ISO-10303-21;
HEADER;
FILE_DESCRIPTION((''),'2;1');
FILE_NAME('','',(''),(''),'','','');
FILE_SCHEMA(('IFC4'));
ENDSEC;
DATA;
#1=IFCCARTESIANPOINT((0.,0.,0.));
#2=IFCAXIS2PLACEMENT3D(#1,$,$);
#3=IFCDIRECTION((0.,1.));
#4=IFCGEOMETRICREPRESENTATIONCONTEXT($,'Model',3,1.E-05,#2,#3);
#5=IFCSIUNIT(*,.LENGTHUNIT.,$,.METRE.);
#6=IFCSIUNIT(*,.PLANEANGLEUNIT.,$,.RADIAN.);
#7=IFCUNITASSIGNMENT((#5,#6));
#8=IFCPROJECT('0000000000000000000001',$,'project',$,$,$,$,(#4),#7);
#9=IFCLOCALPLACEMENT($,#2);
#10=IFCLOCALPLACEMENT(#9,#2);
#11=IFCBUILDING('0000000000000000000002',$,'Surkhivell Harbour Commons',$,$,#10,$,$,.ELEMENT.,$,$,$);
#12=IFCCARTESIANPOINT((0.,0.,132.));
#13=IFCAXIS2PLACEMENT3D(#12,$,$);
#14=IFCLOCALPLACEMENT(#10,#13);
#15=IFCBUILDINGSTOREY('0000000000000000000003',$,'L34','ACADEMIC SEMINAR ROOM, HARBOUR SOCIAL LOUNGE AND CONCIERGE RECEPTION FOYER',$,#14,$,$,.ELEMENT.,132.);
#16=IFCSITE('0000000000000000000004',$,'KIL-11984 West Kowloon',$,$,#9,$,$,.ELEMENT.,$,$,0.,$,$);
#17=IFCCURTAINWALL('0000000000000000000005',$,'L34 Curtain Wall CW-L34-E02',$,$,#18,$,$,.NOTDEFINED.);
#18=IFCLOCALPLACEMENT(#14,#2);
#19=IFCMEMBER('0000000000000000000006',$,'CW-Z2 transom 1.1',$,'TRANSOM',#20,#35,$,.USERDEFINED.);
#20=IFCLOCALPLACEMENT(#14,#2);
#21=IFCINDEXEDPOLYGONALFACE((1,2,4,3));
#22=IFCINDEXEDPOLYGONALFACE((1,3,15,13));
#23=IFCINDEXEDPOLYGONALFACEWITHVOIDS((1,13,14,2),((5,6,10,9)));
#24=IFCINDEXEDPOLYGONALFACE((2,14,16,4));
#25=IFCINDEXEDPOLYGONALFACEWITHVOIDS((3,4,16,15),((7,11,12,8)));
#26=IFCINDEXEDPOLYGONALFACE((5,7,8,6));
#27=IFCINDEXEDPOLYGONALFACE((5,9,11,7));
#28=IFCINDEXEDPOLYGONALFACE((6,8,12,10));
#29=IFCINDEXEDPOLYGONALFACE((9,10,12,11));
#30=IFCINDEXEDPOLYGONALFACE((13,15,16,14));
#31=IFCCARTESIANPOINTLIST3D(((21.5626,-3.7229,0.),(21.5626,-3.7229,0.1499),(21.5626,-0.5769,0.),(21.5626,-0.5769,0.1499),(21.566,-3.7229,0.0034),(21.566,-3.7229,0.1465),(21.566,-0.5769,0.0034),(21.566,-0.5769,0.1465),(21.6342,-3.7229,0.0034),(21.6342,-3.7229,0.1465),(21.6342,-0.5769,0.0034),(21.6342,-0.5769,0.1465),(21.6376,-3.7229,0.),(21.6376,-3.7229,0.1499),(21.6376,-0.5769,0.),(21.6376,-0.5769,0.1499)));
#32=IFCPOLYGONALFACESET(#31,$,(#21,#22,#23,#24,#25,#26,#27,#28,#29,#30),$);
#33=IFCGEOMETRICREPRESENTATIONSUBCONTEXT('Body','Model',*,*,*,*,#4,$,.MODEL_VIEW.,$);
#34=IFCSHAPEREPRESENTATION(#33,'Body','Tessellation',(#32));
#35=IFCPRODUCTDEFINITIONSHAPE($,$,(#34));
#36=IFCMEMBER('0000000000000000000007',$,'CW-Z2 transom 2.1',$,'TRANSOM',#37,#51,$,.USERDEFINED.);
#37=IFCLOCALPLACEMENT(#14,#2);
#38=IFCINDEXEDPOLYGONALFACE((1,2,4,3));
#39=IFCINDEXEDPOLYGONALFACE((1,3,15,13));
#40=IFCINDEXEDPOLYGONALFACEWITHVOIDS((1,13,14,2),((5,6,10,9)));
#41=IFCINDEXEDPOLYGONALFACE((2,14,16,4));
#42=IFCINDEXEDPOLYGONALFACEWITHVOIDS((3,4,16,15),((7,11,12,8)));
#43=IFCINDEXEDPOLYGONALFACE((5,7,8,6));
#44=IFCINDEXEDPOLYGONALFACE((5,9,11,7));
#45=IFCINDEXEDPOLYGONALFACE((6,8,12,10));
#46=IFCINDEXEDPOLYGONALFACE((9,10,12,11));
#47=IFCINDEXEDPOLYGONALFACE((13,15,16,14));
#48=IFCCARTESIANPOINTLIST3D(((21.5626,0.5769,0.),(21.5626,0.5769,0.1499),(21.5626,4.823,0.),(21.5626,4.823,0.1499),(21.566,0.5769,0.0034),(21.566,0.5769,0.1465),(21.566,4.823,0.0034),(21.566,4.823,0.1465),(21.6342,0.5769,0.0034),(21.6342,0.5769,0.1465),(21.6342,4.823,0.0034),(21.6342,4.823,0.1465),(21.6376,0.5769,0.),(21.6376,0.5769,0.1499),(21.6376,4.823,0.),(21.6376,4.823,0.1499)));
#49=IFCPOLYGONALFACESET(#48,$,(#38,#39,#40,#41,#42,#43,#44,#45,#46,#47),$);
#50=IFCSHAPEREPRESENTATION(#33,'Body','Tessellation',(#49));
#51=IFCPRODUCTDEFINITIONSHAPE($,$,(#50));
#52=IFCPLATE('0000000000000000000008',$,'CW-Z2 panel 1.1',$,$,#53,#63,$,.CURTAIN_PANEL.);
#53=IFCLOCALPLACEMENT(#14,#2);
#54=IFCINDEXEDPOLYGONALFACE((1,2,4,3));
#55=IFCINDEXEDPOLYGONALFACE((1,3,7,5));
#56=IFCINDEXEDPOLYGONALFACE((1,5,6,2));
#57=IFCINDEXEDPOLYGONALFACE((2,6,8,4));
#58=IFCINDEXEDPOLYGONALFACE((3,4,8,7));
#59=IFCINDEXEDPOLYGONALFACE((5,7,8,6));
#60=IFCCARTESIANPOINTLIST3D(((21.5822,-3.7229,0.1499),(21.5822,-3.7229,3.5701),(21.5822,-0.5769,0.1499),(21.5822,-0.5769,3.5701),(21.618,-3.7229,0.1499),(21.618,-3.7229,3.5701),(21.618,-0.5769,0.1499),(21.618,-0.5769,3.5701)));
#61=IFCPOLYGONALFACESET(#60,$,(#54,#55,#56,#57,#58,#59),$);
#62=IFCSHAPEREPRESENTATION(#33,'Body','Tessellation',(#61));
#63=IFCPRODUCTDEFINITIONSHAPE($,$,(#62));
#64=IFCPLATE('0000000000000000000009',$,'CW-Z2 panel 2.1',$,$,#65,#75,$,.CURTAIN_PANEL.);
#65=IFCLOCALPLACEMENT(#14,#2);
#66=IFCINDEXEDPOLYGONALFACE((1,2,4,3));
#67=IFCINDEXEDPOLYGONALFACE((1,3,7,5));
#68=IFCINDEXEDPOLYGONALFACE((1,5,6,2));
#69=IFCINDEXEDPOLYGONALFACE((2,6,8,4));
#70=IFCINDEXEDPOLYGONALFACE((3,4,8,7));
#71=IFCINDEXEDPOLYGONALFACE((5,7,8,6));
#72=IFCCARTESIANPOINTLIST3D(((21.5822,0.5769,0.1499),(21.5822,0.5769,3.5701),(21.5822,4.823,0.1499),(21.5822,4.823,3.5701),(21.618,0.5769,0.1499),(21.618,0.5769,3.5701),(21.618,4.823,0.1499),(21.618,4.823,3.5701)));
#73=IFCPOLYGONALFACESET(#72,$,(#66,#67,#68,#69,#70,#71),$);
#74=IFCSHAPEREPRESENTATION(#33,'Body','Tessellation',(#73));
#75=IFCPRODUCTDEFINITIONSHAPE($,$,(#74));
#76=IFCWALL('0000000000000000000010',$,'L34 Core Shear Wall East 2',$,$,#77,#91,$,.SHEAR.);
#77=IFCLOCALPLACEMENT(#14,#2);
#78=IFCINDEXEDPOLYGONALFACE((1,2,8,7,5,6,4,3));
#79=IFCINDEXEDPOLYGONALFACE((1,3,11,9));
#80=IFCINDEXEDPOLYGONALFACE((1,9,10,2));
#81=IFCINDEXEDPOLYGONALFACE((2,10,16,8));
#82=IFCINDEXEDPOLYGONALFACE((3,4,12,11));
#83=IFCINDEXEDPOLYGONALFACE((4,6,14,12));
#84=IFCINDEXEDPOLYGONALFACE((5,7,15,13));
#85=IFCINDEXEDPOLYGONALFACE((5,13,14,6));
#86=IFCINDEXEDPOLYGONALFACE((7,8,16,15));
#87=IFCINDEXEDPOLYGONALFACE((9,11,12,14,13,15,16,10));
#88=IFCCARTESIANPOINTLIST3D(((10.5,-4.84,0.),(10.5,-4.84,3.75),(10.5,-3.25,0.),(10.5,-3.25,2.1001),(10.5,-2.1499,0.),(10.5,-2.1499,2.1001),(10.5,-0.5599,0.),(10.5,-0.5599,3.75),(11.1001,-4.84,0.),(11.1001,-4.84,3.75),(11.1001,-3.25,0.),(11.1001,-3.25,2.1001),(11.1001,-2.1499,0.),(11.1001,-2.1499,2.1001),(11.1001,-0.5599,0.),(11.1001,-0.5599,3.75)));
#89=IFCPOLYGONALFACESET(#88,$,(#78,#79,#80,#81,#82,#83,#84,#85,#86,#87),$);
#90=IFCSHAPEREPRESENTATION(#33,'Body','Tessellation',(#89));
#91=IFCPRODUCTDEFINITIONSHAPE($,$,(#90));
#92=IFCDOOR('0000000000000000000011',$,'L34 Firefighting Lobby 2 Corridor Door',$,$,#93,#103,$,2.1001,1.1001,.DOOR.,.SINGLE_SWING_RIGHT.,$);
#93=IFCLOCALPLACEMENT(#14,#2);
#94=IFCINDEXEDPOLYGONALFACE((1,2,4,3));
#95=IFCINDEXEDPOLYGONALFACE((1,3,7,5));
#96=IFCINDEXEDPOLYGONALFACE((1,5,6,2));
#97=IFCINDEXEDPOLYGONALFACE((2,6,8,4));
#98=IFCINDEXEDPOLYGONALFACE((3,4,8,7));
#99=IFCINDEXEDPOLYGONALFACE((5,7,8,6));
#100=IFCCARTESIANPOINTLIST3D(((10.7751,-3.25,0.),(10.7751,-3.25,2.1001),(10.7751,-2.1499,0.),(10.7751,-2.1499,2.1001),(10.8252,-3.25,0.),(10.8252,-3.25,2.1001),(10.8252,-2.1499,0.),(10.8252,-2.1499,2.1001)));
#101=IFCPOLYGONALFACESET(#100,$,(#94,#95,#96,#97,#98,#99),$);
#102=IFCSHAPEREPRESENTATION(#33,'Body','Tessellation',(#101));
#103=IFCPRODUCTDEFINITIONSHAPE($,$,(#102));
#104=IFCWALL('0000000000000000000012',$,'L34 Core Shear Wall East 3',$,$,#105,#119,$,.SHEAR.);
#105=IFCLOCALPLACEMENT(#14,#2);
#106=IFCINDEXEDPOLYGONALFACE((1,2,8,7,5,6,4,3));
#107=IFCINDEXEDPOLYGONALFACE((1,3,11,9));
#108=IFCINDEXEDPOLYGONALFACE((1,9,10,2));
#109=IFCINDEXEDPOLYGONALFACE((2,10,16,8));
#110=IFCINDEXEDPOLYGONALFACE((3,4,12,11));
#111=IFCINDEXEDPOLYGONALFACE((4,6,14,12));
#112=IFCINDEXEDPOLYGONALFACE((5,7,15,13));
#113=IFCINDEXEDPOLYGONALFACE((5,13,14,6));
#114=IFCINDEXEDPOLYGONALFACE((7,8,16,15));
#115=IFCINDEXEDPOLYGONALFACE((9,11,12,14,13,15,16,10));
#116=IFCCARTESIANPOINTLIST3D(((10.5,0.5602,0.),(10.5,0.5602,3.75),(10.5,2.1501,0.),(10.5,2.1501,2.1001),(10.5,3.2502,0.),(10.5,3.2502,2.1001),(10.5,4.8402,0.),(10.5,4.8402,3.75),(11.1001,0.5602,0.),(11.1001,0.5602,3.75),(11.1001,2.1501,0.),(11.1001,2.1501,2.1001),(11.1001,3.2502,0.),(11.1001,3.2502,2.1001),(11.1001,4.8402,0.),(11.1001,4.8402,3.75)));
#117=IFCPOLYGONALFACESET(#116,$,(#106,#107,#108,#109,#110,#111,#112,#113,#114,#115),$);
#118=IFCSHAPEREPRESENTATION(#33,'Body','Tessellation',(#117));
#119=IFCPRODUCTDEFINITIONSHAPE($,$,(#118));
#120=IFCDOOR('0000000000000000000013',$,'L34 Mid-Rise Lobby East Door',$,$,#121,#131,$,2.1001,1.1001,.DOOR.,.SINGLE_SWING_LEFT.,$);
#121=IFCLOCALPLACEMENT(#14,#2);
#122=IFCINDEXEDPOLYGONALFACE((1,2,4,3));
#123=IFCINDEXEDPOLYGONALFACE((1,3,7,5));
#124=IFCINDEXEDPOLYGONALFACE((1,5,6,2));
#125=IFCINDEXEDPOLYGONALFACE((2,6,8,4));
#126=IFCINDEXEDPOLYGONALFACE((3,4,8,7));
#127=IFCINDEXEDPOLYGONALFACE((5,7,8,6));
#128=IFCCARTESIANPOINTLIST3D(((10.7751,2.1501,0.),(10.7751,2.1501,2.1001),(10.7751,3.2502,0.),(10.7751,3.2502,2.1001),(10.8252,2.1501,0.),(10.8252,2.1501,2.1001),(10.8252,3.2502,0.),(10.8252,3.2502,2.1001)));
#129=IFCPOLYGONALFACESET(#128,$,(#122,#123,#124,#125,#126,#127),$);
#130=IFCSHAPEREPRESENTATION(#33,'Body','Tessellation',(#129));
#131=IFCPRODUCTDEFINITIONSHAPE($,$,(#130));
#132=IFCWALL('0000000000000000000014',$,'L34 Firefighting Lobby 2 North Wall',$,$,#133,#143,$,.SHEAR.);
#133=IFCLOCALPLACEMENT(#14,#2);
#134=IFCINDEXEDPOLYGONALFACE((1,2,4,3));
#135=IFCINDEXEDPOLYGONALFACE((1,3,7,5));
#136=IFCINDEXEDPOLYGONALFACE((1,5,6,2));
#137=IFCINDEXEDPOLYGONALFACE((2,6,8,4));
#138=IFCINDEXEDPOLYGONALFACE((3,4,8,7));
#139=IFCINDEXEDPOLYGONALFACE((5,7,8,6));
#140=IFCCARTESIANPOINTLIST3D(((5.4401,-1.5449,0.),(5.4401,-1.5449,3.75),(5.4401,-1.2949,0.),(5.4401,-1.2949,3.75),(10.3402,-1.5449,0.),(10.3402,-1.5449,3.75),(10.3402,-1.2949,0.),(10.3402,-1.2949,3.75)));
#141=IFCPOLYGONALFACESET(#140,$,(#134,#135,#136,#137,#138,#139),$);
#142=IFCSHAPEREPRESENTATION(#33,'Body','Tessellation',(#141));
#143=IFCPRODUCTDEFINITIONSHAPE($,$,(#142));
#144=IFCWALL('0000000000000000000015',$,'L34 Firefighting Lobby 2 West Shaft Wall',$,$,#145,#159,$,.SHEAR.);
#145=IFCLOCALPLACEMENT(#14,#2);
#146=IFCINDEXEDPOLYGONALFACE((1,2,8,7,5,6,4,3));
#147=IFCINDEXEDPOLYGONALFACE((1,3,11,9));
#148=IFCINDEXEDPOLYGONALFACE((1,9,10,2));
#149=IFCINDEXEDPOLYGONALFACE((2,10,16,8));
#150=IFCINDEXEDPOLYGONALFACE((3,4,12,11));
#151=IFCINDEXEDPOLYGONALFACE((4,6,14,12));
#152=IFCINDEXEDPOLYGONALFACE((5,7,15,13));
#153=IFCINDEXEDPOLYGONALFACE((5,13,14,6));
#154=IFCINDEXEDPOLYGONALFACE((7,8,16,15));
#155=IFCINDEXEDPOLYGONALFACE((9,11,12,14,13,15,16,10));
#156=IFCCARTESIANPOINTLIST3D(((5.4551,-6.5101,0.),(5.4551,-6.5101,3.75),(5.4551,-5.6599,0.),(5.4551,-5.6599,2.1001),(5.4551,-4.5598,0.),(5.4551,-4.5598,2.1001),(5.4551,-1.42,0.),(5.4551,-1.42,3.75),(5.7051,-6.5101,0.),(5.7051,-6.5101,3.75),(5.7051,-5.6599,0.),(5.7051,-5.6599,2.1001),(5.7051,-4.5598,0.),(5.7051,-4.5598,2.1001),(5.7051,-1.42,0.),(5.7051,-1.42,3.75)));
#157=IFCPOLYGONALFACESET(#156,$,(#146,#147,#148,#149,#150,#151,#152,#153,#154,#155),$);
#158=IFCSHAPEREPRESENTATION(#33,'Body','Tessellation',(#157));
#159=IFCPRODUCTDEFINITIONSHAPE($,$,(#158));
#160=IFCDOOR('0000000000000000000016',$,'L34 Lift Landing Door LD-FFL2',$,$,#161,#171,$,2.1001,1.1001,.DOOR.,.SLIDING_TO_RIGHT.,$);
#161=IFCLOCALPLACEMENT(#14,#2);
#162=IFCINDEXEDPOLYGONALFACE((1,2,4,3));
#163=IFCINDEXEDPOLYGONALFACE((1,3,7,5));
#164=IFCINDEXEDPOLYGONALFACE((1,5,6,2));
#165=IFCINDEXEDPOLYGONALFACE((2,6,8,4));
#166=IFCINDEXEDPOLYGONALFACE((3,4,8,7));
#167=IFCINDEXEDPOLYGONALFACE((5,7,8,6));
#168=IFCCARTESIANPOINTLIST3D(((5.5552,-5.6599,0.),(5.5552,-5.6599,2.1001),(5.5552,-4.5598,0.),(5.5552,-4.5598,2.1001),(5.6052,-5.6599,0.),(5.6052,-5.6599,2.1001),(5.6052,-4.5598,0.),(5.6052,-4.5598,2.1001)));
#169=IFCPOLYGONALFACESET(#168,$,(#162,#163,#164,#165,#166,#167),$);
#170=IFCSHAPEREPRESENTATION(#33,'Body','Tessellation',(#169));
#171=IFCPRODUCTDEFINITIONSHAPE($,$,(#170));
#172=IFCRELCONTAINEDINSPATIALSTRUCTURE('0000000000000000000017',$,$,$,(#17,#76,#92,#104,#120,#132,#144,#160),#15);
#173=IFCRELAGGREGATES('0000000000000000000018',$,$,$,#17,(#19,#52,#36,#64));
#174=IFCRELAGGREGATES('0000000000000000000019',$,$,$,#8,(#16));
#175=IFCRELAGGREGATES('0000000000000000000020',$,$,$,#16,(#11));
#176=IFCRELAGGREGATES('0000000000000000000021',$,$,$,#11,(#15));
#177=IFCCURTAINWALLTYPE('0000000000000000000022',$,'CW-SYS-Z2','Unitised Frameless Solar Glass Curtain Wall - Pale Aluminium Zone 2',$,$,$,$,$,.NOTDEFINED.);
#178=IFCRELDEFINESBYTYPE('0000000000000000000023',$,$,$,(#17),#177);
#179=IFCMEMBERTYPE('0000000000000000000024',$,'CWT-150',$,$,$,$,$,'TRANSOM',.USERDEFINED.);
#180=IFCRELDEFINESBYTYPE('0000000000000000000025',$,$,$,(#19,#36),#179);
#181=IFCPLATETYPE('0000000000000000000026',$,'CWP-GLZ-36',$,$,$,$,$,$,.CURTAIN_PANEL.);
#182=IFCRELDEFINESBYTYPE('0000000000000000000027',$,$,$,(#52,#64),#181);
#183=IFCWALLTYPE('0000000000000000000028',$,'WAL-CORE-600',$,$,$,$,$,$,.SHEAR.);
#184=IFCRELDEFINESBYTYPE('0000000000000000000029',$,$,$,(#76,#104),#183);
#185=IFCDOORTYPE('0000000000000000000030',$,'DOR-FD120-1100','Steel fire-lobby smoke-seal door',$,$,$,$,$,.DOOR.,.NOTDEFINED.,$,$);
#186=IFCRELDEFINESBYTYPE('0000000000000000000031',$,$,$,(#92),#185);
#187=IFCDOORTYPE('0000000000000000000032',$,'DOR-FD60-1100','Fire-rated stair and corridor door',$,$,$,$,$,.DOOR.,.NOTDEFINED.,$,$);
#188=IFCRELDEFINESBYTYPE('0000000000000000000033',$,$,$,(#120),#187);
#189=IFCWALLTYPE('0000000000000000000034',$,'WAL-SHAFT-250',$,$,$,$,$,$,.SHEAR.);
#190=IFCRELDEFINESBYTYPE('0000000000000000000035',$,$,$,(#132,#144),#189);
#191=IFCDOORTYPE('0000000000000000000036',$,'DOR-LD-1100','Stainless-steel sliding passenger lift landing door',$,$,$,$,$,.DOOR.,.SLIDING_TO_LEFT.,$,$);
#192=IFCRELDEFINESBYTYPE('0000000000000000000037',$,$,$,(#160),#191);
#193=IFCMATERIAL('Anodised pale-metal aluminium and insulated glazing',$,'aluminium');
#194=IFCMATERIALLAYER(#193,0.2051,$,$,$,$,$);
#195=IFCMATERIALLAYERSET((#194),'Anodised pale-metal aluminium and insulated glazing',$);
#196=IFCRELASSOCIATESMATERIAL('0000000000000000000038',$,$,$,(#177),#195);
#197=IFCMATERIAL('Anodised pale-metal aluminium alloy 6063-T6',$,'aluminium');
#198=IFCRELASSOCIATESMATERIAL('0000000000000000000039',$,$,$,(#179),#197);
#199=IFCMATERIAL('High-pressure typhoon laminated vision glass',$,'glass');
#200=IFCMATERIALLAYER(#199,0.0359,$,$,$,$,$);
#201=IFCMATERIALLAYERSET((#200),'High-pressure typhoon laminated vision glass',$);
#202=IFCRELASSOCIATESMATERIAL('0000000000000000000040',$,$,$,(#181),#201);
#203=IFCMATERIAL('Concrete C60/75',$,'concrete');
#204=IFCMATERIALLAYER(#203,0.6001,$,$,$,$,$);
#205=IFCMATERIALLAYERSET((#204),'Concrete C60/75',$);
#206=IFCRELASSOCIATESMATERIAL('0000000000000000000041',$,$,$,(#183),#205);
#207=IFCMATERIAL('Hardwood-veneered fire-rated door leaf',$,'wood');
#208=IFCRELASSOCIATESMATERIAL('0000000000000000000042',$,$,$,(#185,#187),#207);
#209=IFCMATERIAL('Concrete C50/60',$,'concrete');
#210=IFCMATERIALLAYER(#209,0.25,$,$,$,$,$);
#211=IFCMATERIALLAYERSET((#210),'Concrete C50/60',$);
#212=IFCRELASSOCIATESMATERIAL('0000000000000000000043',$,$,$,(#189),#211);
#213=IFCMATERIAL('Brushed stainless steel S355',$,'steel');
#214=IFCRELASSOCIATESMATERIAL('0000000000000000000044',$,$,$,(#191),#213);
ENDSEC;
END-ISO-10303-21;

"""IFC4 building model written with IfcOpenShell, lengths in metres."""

from ifc_helpers import new_model, si_unit, direction, frame, frame_2d, origin, origin_2d, place, context, subcontext, project, spatial, rectangle, hollow_rectangle, extrude, material, layer, layer_set, material_profile, profile_set, type_object, element, fill, aggregate, save


model = new_model("IFC4")

# Units and contexts
model_context = context("Model", 3, precision=1e-05, world=origin(), true_north=direction((0.0, 1.0)))
body_context = subcontext(model_context, "Body", "Model", "MODEL_VIEW")
ifc_project = project(units=[si_unit("LENGTHUNIT", "METRE"), si_unit("PLANEANGLEUNIT", "RADIAN")], contexts=[model_context])

# Site, building, storey
site_placement = place(None, origin())
site = spatial("IfcSite", under=ifc_project, at=site_placement, Name="KIL-11984 West Kowloon", CompositionType="ELEMENT", RefElevation=0.0)
building_placement = place(site_placement, origin())
building = spatial("IfcBuilding", under=site, at=building_placement, Name="Surkhivell Harbour Commons", CompositionType="ELEMENT")
storey_placement = place(building_placement, frame((0.0, 0.0, 132.0)))
storey = spatial("IfcBuildingStorey", under=building, at=storey_placement, Name="L34", Description="ACADEMIC SEMINAR ROOM, HARBOUR SOCIAL LOUNGE AND CONCIERGE RECEPTION FOYER", CompositionType="ELEMENT", Elevation=132.0)

# Shared definitions
ifc_material_1 = material(Name="Concrete C60/75", Category="concrete")

# Shared definitions
ifc_material_2 = material(Name="Anodised pale-metal aluminium and insulated glazing", Category="aluminium")
ifc_layer_1 = layer(ifc_material_2, 0.2051)
ifc_layer_set_1 = layer_set([ifc_layer_1], Name="Anodised pale-metal aluminium and insulated glazing")
curtain_wall_type = type_object("IfcCurtainWallType", Name="CW-SYS-Z2", Description="Unitised Frameless Solar Glass Curtain Wall - Pale Aluminium Zone 2", PredefinedType="NOTDEFINED", material=ifc_layer_set_1)
ifc_material_3 = material(Name="Anodised pale-metal aluminium alloy 6063-T6", Category="aluminium")

# Curtain wall, members, plates
curtain_wall_1_placement = place(storey_placement, origin())
curtain_wall_1 = element("IfcCurtainWall", 1, at=curtain_wall_1_placement, inside=storey, type_object=curtain_wall_type, Name="L34 Curtain Wall CW-L34-E02", PredefinedType="NOTDEFINED")
ifc_material_profile_1 = material_profile(ifc_material_3, hollow_rectangle(XDim=0.075, YDim=0.1499, WallThickness=0.0034, at=origin_2d()), Name="ALU-TRAN-75x150")
ifc_profile_set_1 = profile_set([ifc_material_profile_1], Name="Anodised pale-metal aluminium alloy 6063-T6")
member_type_1 = type_object("IfcMemberType", Name="CWT-150", ElementType="TRANSOM", PredefinedType="USERDEFINED", material=ifc_profile_set_1)
member_1_placement = place(storey_placement, frame((21.6001, -3.7229, 0.075), z_axis=(0.0, 1.0, 0.0), x_axis=(-1.0, 0.0, 0.0)))
member_1 = element("IfcMember", 2, at=member_1_placement, type_object=member_type_1, Name="CW-Z2 transom 1.1", ObjectType="TRANSOM", PredefinedType="USERDEFINED", context=body_context, shape_type="SweptSolid", body=[
    extrude(hollow_rectangle(XDim=0.075, YDim=0.1499, WallThickness=0.0034, at=origin_2d()), origin(), (0.0, 0.0, 1.0), 3.146),
])
member_2_placement = place(storey_placement, frame((21.6001, 0.5769, 0.075), z_axis=(0.0, 1.0, 0.0), x_axis=(-1.0, 0.0, 0.0)))
member_2 = element("IfcMember", 3, at=member_2_placement, type_object=member_type_1, Name="CW-Z2 transom 2.1", ObjectType="TRANSOM", PredefinedType="USERDEFINED", context=body_context, shape_type="SweptSolid", body=[
    extrude(hollow_rectangle(XDim=0.075, YDim=0.1499, WallThickness=0.0034, at=origin_2d()), origin(), (0.0, 0.0, 1.0), 4.2461),
])
ifc_material_4 = material(Name="High-pressure typhoon laminated vision glass", Category="glass")
ifc_layer_2 = layer(ifc_material_4, 0.0359)
ifc_layer_set_2 = layer_set([ifc_layer_2], Name="High-pressure typhoon laminated vision glass")
plate_type = type_object("IfcPlateType", Name="CWP-GLZ-36", PredefinedType="CURTAIN_PANEL", material=ifc_layer_set_2)
plate_1_placement = place(storey_placement, frame((21.6001, -3.7229, 0.1499), z_axis=(0.0, 0.0, 1.0), x_axis=(0.0, 1.0, 0.0)))
plate_1 = element("IfcPlate", 4, at=plate_1_placement, type_object=plate_type, Name="CW-Z2 panel 1.1", PredefinedType="CURTAIN_PANEL", context=body_context, shape_type="SweptSolid", body=[
    extrude(rectangle(XDim=3.146, YDim=0.0359, at=frame_2d((1.573, 0.0))), origin(), (0.0, 0.0, 1.0), 3.4202),
])
plate_2_placement = place(storey_placement, frame((21.6001, 0.5769, 0.1499), z_axis=(0.0, 0.0, 1.0), x_axis=(0.0, 1.0, 0.0)))
plate_2 = element("IfcPlate", 5, at=plate_2_placement, type_object=plate_type, Name="CW-Z2 panel 2.1", PredefinedType="CURTAIN_PANEL", context=body_context, shape_type="SweptSolid", body=[
    extrude(rectangle(XDim=4.2461, YDim=0.0359, at=frame_2d((2.123, 0.0))), origin(), (0.0, 0.0, 1.0), 3.4202),
])
aggregate(curtain_wall_1, [member_1, plate_1, member_2, plate_2])

# Walls, openings, doors
ifc_layer_3 = layer(ifc_material_1, 0.6001)
ifc_layer_set_3 = layer_set([ifc_layer_3], Name="Concrete C60/75")
wall_type_1 = type_object("IfcWallType", Name="WAL-CORE-600", PredefinedType="SHEAR", material=ifc_layer_set_3)
wall_1_placement = place(storey_placement, frame((10.8, -4.8401, 0.0), z_axis=(0.0, 0.0, 1.0), x_axis=(0.0, 1.0, 0.0)))
wall_1 = element("IfcWall", 6, at=wall_1_placement, inside=storey, type_object=wall_type_1, Name="L34 Core Shear Wall East 2", PredefinedType="SHEAR", context=body_context, shape_type="SweptSolid", body=[
    extrude(rectangle(XDim=4.28, YDim=0.6001, at=frame_2d((2.1401, 0.0))), origin(), (0.0, 0.0, 1.0), 3.75),
])
opening_1_placement = place(wall_1_placement, frame((1.5901, 0.0, 0.0)))
opening_1 = element("IfcOpeningElement", 7, at=opening_1_placement, cuts=wall_1, PredefinedType="OPENING", context=body_context, shape_type="SweptSolid", body=[
    extrude(rectangle(XDim=1.1001, YDim=2.1001, at=frame_2d((0.55, 1.05))), frame((0.0, 0.3101, 0.0), z_axis=(0.0, -1.0, 0.0), x_axis=(1.0, 0.0, 0.0)), (0.0, 0.0, 1.0), 0.6201),
])
ifc_material_5 = material(Name="Hardwood-veneered fire-rated door leaf", Category="wood")
door_type_1 = type_object("IfcDoorType", Name="DOR-FD120-1100", Description="Steel fire-lobby smoke-seal door", OperationType="NOTDEFINED", PredefinedType="DOOR", material=ifc_material_5)
door_1_placement = place(opening_1_placement, origin())
door_1 = element("IfcDoor", 8, at=door_1_placement, inside=storey, type_object=door_type_1, Name="L34 Firefighting Lobby 2 Corridor Door", OperationType="SINGLE_SWING_RIGHT", OverallHeight=2.1001, OverallWidth=1.1001, PredefinedType="DOOR", context=body_context, shape_type="SweptSolid", body=[
    extrude(rectangle(XDim=1.1001, YDim=2.1001, at=frame_2d((0.55, 1.05))), frame((0.0, 0.0249, 0.0), z_axis=(0.0, -1.0, 0.0), x_axis=(1.0, 0.0, 0.0)), (0.0, 0.0, 1.0), 0.05),
])
fill(opening_1, door_1)
wall_2_placement = place(storey_placement, frame((10.8, 0.5601, 0.0), z_axis=(0.0, 0.0, 1.0), x_axis=(0.0, 1.0, 0.0)))
wall_2 = element("IfcWall", 9, at=wall_2_placement, inside=storey, type_object=wall_type_1, Name="L34 Core Shear Wall East 3", PredefinedType="SHEAR", context=body_context, shape_type="SweptSolid", body=[
    extrude(rectangle(XDim=4.28, YDim=0.6001, at=frame_2d((2.1401, 0.0))), origin(), (0.0, 0.0, 1.0), 3.75),
])
opening_2_placement = place(wall_2_placement, frame((1.5901, 0.0, 0.0)))
opening_2 = element("IfcOpeningElement", 10, at=opening_2_placement, cuts=wall_2, PredefinedType="OPENING", context=body_context, shape_type="SweptSolid", body=[
    extrude(rectangle(XDim=1.1001, YDim=2.1001, at=frame_2d((0.55, 1.05))), frame((0.0, 0.3101, 0.0), z_axis=(0.0, -1.0, 0.0), x_axis=(1.0, 0.0, 0.0)), (0.0, 0.0, 1.0), 0.6201),
])
door_type_2 = type_object("IfcDoorType", Name="DOR-FD60-1100", Description="Fire-rated stair and corridor door", OperationType="NOTDEFINED", PredefinedType="DOOR", material=ifc_material_5)
door_2_placement = place(opening_2_placement, origin())
door_2 = element("IfcDoor", 11, at=door_2_placement, inside=storey, type_object=door_type_2, Name="L34 Mid-Rise Lobby East Door", OperationType="SINGLE_SWING_LEFT", OverallHeight=2.1001, OverallWidth=1.1001, PredefinedType="DOOR", context=body_context, shape_type="SweptSolid", body=[
    extrude(rectangle(XDim=1.1001, YDim=2.1001, at=frame_2d((0.55, 1.05))), frame((0.0, 0.0249, 0.0), z_axis=(0.0, -1.0, 0.0), x_axis=(1.0, 0.0, 0.0)), (0.0, 0.0, 1.0), 0.05),
])
fill(opening_2, door_2)

# Wall
ifc_material_6 = material(Name="Concrete C50/60", Category="concrete")
ifc_layer_4 = layer(ifc_material_6, 0.25)
ifc_layer_set_4 = layer_set([ifc_layer_4], Name="Concrete C50/60")
wall_type_2 = type_object("IfcWallType", Name="WAL-SHAFT-250", PredefinedType="SHEAR", material=ifc_layer_set_4)
wall_3_placement = place(storey_placement, frame((5.4399, -1.4199, 0.0), z_axis=(0.0, 0.0, 1.0), x_axis=(1.0, 0.0, 0.0)))
element("IfcWall", 12, at=wall_3_placement, inside=storey, type_object=wall_type_2, Name="L34 Firefighting Lobby 2 North Wall", PredefinedType="SHEAR", context=body_context, shape_type="SweptSolid", body=[
    extrude(rectangle(XDim=4.9001, YDim=0.25, at=frame_2d((2.4502, 0.0))), origin(), (0.0, 0.0, 1.0), 3.75),
])

# Wall, opening, door
wall_4_placement = place(storey_placement, frame((5.5801, -6.51, 0.0), z_axis=(0.0, 0.0, 1.0), x_axis=(0.0, 1.0, 0.0)))
wall_4 = element("IfcWall", 13, at=wall_4_placement, inside=storey, type_object=wall_type_2, Name="L34 Firefighting Lobby 2 West Shaft Wall", PredefinedType="SHEAR", context=body_context, shape_type="SweptSolid", body=[
    extrude(rectangle(XDim=5.0901, YDim=0.25, at=frame_2d((2.5449, 0.0))), origin(), (0.0, 0.0, 1.0), 3.75),
])
opening_3_placement = place(wall_4_placement, frame((0.8501, 0.0, 0.0)))
opening_3 = element("IfcOpeningElement", 14, at=opening_3_placement, cuts=wall_4, PredefinedType="OPENING", context=body_context, shape_type="SweptSolid", body=[
    extrude(rectangle(XDim=1.1001, YDim=2.1001, at=frame_2d((0.55, 1.05))), frame((0.0, 0.135, 0.0), z_axis=(0.0, -1.0, 0.0), x_axis=(1.0, 0.0, 0.0)), (0.0, 0.0, 1.0), 0.27),
])
ifc_material_7 = material(Name="Brushed stainless steel S355", Category="steel")
door_type_3 = type_object("IfcDoorType", Name="DOR-LD-1100", Description="Stainless-steel sliding passenger lift landing door", OperationType="SLIDING_TO_LEFT", PredefinedType="DOOR", material=ifc_material_7)
door_3_placement = place(opening_3_placement, origin())
door_3 = element("IfcDoor", 15, at=door_3_placement, inside=storey, type_object=door_type_3, Name="L34 Lift Landing Door LD-FFL2", OperationType="SLIDING_TO_RIGHT", OverallHeight=2.1001, OverallWidth=1.1001, PredefinedType="DOOR", context=body_context, shape_type="SweptSolid", body=[
    extrude(rectangle(XDim=1.1001, YDim=2.1001, at=frame_2d((0.55, 1.05))), frame((0.0, 0.0249, 0.0), z_axis=(0.0, -1.0, 0.0), x_axis=(1.0, 0.0, 0.0)), (0.0, 0.0, 1.0), 0.05),
])
fill(opening_3, door_3)

save(model, "model.ifc")
